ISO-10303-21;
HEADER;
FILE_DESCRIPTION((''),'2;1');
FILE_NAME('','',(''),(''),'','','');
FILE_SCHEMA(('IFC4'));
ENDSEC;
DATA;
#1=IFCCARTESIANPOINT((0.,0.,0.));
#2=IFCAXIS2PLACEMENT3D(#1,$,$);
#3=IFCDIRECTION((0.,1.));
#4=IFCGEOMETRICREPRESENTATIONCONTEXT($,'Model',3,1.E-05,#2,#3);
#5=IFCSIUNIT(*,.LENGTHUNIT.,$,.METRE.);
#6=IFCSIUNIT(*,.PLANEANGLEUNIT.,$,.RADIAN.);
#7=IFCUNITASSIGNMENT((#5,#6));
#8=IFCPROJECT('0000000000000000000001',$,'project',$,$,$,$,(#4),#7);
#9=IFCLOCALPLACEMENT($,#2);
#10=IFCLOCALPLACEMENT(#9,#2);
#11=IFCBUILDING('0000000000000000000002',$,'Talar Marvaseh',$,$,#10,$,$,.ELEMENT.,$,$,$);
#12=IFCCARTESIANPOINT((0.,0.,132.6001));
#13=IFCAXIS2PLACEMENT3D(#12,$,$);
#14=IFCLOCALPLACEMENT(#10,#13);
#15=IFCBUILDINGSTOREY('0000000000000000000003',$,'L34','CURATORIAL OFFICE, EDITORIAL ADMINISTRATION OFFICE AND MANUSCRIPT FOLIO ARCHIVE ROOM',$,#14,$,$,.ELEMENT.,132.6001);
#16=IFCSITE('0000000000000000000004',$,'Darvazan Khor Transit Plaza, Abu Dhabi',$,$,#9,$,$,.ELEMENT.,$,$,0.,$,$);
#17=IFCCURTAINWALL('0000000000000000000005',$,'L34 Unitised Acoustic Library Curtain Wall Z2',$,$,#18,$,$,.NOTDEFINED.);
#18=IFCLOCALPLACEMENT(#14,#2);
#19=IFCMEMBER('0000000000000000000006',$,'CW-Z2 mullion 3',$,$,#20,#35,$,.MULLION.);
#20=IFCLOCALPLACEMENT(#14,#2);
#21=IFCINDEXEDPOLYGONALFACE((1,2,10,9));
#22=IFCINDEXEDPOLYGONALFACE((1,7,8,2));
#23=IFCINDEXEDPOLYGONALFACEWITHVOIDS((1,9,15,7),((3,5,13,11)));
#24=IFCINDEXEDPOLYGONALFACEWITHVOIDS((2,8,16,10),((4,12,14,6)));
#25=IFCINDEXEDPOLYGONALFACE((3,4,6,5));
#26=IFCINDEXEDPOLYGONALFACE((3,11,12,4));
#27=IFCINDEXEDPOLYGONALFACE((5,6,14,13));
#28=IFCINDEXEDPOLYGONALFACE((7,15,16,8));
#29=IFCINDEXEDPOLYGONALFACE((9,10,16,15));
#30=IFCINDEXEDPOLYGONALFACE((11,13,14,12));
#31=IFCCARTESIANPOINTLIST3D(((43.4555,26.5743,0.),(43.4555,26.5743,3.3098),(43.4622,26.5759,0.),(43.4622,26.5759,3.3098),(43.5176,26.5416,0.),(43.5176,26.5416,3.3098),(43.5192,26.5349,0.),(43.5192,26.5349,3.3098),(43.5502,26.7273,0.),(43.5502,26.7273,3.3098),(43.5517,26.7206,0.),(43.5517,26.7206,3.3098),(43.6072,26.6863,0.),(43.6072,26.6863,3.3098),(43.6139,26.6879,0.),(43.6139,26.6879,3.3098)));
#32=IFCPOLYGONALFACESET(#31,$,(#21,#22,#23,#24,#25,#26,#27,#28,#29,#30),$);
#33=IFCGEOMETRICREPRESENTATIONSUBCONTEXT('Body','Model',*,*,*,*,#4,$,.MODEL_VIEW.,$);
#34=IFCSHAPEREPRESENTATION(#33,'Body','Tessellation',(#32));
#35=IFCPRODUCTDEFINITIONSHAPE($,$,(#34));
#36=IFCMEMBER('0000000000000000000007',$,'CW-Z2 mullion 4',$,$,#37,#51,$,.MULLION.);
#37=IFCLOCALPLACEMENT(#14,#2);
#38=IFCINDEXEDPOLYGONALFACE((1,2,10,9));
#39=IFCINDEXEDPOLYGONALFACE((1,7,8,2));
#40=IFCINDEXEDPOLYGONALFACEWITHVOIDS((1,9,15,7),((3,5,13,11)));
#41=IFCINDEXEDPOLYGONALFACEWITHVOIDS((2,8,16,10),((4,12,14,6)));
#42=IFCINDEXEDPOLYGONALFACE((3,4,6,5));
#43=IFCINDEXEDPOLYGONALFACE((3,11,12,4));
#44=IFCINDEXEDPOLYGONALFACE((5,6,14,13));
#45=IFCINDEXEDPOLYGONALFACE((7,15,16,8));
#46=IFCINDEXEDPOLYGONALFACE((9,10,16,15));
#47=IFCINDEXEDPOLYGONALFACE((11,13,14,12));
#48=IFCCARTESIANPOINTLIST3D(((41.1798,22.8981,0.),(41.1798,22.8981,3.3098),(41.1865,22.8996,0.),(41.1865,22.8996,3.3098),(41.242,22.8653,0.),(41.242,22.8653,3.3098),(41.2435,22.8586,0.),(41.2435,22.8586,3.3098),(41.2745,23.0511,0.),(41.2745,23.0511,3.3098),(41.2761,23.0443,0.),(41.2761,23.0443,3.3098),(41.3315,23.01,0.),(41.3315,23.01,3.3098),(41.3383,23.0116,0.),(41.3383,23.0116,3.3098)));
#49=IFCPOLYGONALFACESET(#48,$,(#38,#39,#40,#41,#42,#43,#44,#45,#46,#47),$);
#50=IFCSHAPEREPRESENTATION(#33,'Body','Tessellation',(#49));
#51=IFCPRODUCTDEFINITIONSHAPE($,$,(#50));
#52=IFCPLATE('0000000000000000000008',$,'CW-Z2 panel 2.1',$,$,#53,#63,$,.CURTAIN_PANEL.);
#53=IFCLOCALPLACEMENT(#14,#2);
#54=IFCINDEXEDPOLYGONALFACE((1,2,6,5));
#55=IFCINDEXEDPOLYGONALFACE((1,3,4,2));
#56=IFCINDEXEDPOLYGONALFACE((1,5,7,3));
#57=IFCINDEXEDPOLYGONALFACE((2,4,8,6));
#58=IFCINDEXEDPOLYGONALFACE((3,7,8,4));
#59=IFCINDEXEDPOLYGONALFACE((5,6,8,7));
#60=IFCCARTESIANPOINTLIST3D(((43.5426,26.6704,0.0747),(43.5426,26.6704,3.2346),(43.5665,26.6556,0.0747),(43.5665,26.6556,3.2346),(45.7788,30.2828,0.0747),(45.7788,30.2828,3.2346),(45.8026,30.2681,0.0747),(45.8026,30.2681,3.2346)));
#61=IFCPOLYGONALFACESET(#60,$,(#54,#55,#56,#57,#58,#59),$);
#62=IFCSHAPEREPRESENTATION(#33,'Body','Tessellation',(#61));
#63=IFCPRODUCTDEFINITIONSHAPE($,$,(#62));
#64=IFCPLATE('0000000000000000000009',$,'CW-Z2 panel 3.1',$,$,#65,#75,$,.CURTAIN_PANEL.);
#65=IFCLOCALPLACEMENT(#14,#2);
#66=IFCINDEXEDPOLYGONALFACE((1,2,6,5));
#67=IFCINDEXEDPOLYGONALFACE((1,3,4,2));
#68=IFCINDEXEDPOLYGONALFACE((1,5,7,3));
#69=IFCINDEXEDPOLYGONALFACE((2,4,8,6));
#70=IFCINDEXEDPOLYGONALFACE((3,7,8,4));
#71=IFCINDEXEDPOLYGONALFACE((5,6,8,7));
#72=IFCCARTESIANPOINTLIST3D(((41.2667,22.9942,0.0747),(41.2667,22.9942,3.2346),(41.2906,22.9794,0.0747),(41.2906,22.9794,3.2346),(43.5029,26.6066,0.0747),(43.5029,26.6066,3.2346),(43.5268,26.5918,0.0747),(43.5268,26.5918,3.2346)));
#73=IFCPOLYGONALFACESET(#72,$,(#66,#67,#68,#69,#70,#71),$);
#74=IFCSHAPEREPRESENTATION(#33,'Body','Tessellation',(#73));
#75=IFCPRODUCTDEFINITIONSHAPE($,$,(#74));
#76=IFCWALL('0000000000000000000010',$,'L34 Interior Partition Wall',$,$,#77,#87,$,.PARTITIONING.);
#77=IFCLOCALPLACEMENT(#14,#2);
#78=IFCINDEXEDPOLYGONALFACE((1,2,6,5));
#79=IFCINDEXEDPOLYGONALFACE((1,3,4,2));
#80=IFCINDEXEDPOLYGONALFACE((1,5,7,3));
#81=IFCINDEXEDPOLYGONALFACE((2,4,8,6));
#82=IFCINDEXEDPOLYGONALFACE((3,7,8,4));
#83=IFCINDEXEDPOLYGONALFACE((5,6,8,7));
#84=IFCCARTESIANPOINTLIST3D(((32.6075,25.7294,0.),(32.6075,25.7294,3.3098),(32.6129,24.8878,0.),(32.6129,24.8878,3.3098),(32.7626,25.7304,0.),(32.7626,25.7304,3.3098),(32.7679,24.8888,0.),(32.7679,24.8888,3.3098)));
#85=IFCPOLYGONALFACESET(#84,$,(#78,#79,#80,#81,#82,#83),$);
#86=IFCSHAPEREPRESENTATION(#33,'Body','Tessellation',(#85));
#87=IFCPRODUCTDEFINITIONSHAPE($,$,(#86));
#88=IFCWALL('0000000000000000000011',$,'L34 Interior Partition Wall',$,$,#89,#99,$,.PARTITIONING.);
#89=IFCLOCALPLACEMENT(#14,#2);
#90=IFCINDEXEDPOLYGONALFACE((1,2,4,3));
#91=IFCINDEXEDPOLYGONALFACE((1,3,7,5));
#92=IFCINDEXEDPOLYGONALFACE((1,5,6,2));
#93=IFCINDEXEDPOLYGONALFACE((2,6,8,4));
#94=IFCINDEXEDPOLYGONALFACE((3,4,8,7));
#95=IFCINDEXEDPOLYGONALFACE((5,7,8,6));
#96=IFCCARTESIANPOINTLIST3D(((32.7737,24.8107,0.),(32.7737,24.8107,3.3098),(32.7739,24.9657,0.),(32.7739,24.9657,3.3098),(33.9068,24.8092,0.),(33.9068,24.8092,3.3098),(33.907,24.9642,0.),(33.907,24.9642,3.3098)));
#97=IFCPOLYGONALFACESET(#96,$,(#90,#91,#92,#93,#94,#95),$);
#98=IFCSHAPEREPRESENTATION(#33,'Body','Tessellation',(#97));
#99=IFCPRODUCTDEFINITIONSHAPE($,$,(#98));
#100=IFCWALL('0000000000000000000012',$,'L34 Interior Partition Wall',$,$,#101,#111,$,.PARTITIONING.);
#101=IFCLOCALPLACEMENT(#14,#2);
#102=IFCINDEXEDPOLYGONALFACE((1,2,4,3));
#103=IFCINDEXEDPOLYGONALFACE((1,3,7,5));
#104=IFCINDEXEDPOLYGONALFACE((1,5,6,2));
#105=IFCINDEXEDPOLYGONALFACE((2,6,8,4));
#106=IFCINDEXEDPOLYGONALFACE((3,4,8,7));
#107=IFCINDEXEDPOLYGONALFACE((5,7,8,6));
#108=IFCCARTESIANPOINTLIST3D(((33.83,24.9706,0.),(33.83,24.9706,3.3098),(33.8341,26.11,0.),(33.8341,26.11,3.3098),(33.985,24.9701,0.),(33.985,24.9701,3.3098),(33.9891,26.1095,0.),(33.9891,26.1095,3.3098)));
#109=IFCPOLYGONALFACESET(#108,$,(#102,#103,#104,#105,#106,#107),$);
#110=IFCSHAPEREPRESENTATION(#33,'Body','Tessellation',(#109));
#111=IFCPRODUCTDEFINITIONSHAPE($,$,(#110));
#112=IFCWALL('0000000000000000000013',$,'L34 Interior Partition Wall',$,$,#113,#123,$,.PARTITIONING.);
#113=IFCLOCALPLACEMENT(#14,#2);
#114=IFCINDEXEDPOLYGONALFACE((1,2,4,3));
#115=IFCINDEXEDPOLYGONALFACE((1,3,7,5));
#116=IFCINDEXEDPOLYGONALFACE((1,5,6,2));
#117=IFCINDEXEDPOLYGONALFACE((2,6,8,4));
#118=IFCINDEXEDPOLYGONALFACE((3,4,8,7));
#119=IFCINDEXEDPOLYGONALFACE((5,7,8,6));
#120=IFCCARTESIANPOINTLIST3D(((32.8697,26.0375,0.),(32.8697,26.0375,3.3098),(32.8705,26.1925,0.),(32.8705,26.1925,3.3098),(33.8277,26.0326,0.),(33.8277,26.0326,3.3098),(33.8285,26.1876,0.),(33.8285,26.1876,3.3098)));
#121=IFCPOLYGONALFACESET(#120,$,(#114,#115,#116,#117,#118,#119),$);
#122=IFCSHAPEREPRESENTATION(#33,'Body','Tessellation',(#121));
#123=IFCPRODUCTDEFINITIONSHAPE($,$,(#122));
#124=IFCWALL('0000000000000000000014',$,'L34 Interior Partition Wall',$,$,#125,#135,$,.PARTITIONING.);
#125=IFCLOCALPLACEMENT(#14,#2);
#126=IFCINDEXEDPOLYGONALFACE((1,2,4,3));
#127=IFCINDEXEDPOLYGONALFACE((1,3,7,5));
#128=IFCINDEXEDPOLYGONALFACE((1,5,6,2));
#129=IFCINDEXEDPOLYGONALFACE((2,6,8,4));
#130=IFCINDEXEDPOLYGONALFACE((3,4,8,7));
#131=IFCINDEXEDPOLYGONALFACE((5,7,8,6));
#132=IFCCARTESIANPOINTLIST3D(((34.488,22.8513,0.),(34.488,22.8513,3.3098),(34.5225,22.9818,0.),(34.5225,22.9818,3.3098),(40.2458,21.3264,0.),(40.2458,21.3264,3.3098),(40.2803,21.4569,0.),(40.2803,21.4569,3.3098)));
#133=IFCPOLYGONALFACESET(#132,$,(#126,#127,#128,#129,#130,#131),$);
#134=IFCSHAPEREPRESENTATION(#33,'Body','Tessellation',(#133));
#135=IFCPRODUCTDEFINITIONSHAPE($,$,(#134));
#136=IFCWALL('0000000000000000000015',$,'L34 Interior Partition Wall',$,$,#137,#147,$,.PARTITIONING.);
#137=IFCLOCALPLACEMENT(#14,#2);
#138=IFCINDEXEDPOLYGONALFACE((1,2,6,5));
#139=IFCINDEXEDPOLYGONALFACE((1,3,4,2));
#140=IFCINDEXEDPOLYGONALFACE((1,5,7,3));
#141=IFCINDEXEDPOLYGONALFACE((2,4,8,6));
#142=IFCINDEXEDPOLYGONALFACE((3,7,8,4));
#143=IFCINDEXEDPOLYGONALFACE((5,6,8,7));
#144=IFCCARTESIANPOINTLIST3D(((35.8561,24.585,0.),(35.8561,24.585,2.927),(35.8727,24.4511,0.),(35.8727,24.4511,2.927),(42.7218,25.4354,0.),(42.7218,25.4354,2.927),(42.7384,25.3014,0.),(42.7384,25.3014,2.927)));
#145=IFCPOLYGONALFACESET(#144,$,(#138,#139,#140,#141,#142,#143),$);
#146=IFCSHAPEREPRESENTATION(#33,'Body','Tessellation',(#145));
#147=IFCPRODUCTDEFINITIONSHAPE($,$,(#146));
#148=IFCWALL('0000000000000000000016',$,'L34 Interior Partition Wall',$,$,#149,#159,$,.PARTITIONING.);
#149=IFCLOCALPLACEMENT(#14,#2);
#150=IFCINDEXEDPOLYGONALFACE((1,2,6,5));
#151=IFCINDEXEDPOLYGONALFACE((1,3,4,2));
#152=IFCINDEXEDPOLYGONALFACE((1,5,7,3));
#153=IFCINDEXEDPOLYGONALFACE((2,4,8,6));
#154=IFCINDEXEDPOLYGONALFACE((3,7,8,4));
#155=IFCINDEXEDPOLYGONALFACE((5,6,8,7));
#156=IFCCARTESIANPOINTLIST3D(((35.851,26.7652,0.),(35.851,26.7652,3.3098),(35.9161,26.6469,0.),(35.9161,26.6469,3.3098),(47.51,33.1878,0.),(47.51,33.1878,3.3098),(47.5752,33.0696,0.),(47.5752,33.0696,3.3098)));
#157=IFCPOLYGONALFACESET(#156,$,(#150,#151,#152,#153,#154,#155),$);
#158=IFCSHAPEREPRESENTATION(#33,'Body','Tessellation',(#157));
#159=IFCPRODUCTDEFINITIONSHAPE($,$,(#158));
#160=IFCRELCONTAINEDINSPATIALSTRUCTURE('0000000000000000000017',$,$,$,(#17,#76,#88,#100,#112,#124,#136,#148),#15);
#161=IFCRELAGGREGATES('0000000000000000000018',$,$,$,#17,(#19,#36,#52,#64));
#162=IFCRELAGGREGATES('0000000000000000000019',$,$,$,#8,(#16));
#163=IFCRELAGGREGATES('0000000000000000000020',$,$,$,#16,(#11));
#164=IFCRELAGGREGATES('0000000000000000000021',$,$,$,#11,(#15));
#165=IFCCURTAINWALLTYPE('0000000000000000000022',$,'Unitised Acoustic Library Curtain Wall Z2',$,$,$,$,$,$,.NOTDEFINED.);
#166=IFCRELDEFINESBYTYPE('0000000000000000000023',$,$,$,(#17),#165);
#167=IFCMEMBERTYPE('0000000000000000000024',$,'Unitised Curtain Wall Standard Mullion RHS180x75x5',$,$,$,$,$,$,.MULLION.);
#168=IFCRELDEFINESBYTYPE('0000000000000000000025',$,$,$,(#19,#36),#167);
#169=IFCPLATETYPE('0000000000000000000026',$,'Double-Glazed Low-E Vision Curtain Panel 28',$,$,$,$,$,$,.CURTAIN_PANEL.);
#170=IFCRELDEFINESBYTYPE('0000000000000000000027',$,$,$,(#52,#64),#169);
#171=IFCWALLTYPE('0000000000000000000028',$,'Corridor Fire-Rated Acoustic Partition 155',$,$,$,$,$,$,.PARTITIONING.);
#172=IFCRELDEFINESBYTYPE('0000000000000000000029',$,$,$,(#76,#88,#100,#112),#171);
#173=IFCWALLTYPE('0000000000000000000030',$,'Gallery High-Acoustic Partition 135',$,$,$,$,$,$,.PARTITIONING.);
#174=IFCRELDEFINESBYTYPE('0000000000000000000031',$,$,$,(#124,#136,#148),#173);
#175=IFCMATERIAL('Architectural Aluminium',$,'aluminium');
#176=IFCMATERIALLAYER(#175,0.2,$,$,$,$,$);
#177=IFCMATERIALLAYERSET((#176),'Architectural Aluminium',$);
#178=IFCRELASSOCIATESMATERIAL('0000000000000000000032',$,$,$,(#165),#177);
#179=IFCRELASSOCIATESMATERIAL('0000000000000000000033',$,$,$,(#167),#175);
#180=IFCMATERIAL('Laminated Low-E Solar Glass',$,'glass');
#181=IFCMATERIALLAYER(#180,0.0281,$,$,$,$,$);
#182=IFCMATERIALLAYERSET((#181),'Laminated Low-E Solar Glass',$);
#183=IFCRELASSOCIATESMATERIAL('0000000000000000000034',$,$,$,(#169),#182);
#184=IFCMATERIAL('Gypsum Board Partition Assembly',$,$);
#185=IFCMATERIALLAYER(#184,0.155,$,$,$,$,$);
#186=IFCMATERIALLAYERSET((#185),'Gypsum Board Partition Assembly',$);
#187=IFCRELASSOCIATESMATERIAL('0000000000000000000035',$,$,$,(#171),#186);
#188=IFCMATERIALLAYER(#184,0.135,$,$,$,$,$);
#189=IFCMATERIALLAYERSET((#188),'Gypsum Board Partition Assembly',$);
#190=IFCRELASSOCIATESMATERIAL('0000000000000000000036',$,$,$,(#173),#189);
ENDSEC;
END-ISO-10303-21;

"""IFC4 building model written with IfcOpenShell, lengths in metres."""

from ifc_helpers import new_model, si_unit, direction, frame, frame_2d, origin, origin_2d, place, context, subcontext, project, spatial, rectangle, hollow_rectangle, extrude, source, transform, mapped, material, layer, layer_set, material_profile, profile_set, type_object, type_shapes, element, aggregate, save


model = new_model("IFC4")

# Units and contexts
model_context = context("Model", 3, precision=1e-05, world=origin(), true_north=direction((0.0, 1.0)))
body_context = subcontext(model_context, "Body", "Model", "MODEL_VIEW")
ifc_project = project(units=[si_unit("LENGTHUNIT", "METRE"), si_unit("PLANEANGLEUNIT", "RADIAN")], contexts=[model_context])

# Site, building, storey
site_placement = place(None, origin())
site = spatial("IfcSite", under=ifc_project, at=site_placement, Name="Darvazan Khor Transit Plaza, Abu Dhabi", CompositionType="ELEMENT", RefElevation=0.0)
building_placement = place(site_placement, origin())
building = spatial("IfcBuilding", under=site, at=building_placement, Name="Talar Marvaseh", CompositionType="ELEMENT")
storey_placement = place(building_placement, frame((0.0, 0.0, 132.6001)))
storey = spatial("IfcBuildingStorey", under=building, at=storey_placement, Name="L34", Description="CURATORIAL OFFICE, EDITORIAL ADMINISTRATION OFFICE AND MANUSCRIPT FOLIO ARCHIVE ROOM", CompositionType="ELEMENT", Elevation=132.6001)

# Curtain wall, members, plates
ifc_material_1 = material(Name="Architectural Aluminium", Category="aluminium")
ifc_layer_1 = layer(ifc_material_1, 0.2)
ifc_layer_set_1 = layer_set([ifc_layer_1], Name="Architectural Aluminium")
curtain_wall_type = type_object("IfcCurtainWallType", Name="Unitised Acoustic Library Curtain Wall Z2", PredefinedType="NOTDEFINED", material=ifc_layer_set_1)
curtain_wall_placement = place(storey_placement, origin())
curtain_wall = element("IfcCurtainWall", 1, at=curtain_wall_placement, inside=storey, type_object=curtain_wall_type, Name="L34 Unitised Acoustic Library Curtain Wall Z2", PredefinedType="NOTDEFINED")
ifc_material_profile_1 = material_profile(ifc_material_1, hollow_rectangle(XDim=0.075, YDim=0.1799, WallThickness=0.0049, at=origin_2d()), Name="RHS180x75x5")
ifc_profile_set_1 = profile_set([ifc_material_profile_1], Name="Architectural Aluminium")
member_type_1 = type_object("IfcMemberType", Name="Unitised Curtain Wall Standard Mullion RHS180x75x5", PredefinedType="MULLION", material=ifc_profile_set_1)
shared_shape_1 = source(origin(), body_context, "Body", "SweptSolid", [
    extrude(hollow_rectangle(XDim=0.075, YDim=0.1799, WallThickness=0.0049, at=origin_2d()), origin(), (0.0, 0.0, 1.0), 3.3098),
])
type_shapes(member_type_1, [shared_shape_1])
member_1_placement = place(storey_placement, frame((43.5347, 26.6311, 0.0), z_axis=(0.0, 0.0, 1.0), x_axis=(0.850272, -0.526343, 0.0)))
member_1 = element("IfcMember", 2, at=member_1_placement, type_object=member_type_1, Name="CW-Z2 mullion 3", PredefinedType="MULLION", context=body_context, shape_type="MappedRepresentation", body=[
    mapped(shared_shape_1, transform((0.0, 0.0, 0.0), x_axis=(1.0, 0.0, 0.0), y_axis=(0.0, 1.0, 0.0), z_axis=(0.0, 0.0, 1.0), scale=1.0)),
])
member_2_placement = place(storey_placement, frame((41.259, 22.9548, 0.0), z_axis=(0.0, 0.0, 1.0), x_axis=(0.850272, -0.526343, 0.0)))
member_2 = element("IfcMember", 3, at=member_2_placement, type_object=member_type_1, Name="CW-Z2 mullion 4", PredefinedType="MULLION", context=body_context, shape_type="MappedRepresentation", body=[
    mapped(shared_shape_1, transform((0.0, 0.0, 0.0), x_axis=(1.0, 0.0, 0.0), y_axis=(0.0, 1.0, 0.0), z_axis=(0.0, 0.0, 1.0), scale=1.0)),
])
ifc_material_2 = material(Name="Laminated Low-E Solar Glass", Category="glass")
ifc_layer_2 = layer(ifc_material_2, 0.0281)
ifc_layer_set_2 = layer_set([ifc_layer_2], Name="Laminated Low-E Solar Glass")
plate_type = type_object("IfcPlateType", Name="Double-Glazed Low-E Vision Curtain Panel 28", PredefinedType="CURTAIN_PANEL", material=ifc_layer_set_2)
shared_shape_2 = source(origin(), body_context, "Body", "SweptSolid", [
    extrude(rectangle(XDim=4.2485, YDim=0.0281, at=origin_2d()), origin(), (0.0, 0.0, 1.0), 3.1599),
])
type_shapes(plate_type, [shared_shape_2])
plate_1_placement = place(storey_placement, frame((44.6726, 28.4692, 0.0747), z_axis=(0.0, 0.0, 1.0), x_axis=(-0.526343, -0.850272, 0.0)))
plate_1 = element("IfcPlate", 4, at=plate_1_placement, type_object=plate_type, Name="CW-Z2 panel 2.1", PredefinedType="CURTAIN_PANEL", context=body_context, shape_type="MappedRepresentation", body=[
    mapped(shared_shape_2, transform((0.0, 0.0, 0.0), x_axis=(1.0, 0.0, 0.0), y_axis=(0.0, 1.0, 0.0), z_axis=(0.0, 0.0, 1.0), scale=1.0)),
])
plate_2_placement = place(storey_placement, frame((42.3967, 24.793, 0.0747), z_axis=(0.0, 0.0, 1.0), x_axis=(-0.526343, -0.850272, 0.0)))
plate_2 = element("IfcPlate", 5, at=plate_2_placement, type_object=plate_type, Name="CW-Z2 panel 3.1", PredefinedType="CURTAIN_PANEL", context=body_context, shape_type="MappedRepresentation", body=[
    mapped(shared_shape_2, transform((0.0, 0.0, 0.0), x_axis=(1.0, 0.0, 0.0), y_axis=(0.0, 1.0, 0.0), z_axis=(0.0, 0.0, 1.0), scale=1.0)),
])
aggregate(curtain_wall, [member_1, member_2, plate_1, plate_2])

# Shared definitions
ifc_material_3 = material(Name="Gypsum Board Partition Assembly")
ifc_layer_3 = layer(ifc_material_3, 0.155)
ifc_layer_set_3 = layer_set([ifc_layer_3], Name="Gypsum Board Partition Assembly")
wall_type_1 = type_object("IfcWallType", Name="Corridor Fire-Rated Acoustic Partition 155", PredefinedType="PARTITIONING", material=ifc_layer_set_3)

# Walls
wall_1_placement = place(storey_placement, frame((32.6851, 25.73, 0.0), z_axis=(0.0, 0.0, 1.0), x_axis=(0.006382, -0.99998, 0.0)))
element("IfcWall", 6, at=wall_1_placement, inside=storey, type_object=wall_type_1, Name="L34 Interior Partition Wall", PredefinedType="PARTITIONING", context=body_context, shape_type="SweptSolid", body=[
    extrude(rectangle(XDim=0.8416, YDim=0.155, at=frame_2d((0.4209, 0.0))), origin(), (0.0, 0.0, 1.0), 3.3098),
])
wall_2_placement = place(storey_placement, frame((32.7739, 24.8882, 0.0), z_axis=(0.0, 0.0, 1.0), x_axis=(0.999999, -0.001293, 0.0)))
element("IfcWall", 7, at=wall_2_placement, inside=storey, type_object=wall_type_1, Name="L34 Interior Partition Wall", PredefinedType="PARTITIONING", context=body_context, shape_type="SweptSolid", body=[
    extrude(rectangle(XDim=1.1331, YDim=0.155, at=frame_2d((0.5664, 0.0))), origin(), (0.0, 0.0, 1.0), 3.3098),
])
wall_3_placement = place(storey_placement, frame((33.9075, 24.9702, 0.0), z_axis=(0.0, 0.0, 1.0), x_axis=(0.003643, 0.999993, 0.0)))
element("IfcWall", 8, at=wall_3_placement, inside=storey, type_object=wall_type_1, Name="L34 Interior Partition Wall", PredefinedType="PARTITIONING", context=body_context, shape_type="SweptSolid", body=[
    extrude(rectangle(XDim=1.1394, YDim=0.155, at=frame_2d((0.5698, 0.0))), origin(), (0.0, 0.0, 1.0), 3.3098),
])
wall_4_placement = place(storey_placement, frame((33.8281, 26.1101, 0.0), z_axis=(0.0, 0.0, 1.0), x_axis=(-0.999987, 0.005097, 0.0)))
element("IfcWall", 9, at=wall_4_placement, inside=storey, type_object=wall_type_1, Name="L34 Interior Partition Wall", PredefinedType="PARTITIONING", context=body_context, shape_type="SweptSolid", body=[
    extrude(rectangle(XDim=0.958, YDim=0.155, at=frame_2d((0.479, 0.0))), origin(), (0.0, 0.0, 1.0), 3.3098),
])
ifc_layer_4 = layer(ifc_material_3, 0.135)
ifc_layer_set_4 = layer_set([ifc_layer_4], Name="Gypsum Board Partition Assembly")
wall_type_2 = type_object("IfcWallType", Name="Gallery High-Acoustic Partition 135", PredefinedType="PARTITIONING", material=ifc_layer_set_4)
wall_5_placement = place(storey_placement, frame((34.5054, 22.9165, 0.0), z_axis=(0.0, 0.0, 1.0), x_axis=(0.966673, -0.256014, 0.0)))
element("IfcWall", 10, at=wall_5_placement, inside=storey, type_object=wall_type_2, Name="L34 Interior Partition Wall", PredefinedType="PARTITIONING", context=body_context, shape_type="SweptSolid", body=[
    extrude(rectangle(XDim=5.9563, YDim=0.135, at=frame_2d((2.978, 0.0))), origin(), (0.0, 0.0, 1.0), 3.3098),
])
wall_6_placement = place(storey_placement, frame((35.8645, 24.5181, 0.0), z_axis=(0.0, 0.0, 1.0), x_axis=(0.992417, 0.122914, 0.0)))
element("IfcWall", 11, at=wall_6_placement, inside=storey, type_object=wall_type_2, Name="L34 Interior Partition Wall", PredefinedType="PARTITIONING", context=body_context, shape_type="SweptSolid", body=[
    extrude(rectangle(XDim=6.9182, YDim=0.135, at=frame_2d((3.459, 0.0))), origin(), (0.0, 0.0, 1.0), 2.927),
])
wall_7_placement = place(storey_placement, frame((35.8835, 26.7061, 0.0), z_axis=(0.0, 0.0, 1.0), x_axis=(0.875892, 0.482507, 0.0)))
element("IfcWall", 12, at=wall_7_placement, inside=storey, type_object=wall_type_2, Name="L34 Interior Partition Wall", PredefinedType="PARTITIONING", context=body_context, shape_type="SweptSolid", body=[
    extrude(rectangle(XDim=13.311, YDim=0.135, at=frame_2d((6.6555, 0.0))), origin(), (0.0, 0.0, 1.0), 3.3098),
])

save(model, "model.ifc")
